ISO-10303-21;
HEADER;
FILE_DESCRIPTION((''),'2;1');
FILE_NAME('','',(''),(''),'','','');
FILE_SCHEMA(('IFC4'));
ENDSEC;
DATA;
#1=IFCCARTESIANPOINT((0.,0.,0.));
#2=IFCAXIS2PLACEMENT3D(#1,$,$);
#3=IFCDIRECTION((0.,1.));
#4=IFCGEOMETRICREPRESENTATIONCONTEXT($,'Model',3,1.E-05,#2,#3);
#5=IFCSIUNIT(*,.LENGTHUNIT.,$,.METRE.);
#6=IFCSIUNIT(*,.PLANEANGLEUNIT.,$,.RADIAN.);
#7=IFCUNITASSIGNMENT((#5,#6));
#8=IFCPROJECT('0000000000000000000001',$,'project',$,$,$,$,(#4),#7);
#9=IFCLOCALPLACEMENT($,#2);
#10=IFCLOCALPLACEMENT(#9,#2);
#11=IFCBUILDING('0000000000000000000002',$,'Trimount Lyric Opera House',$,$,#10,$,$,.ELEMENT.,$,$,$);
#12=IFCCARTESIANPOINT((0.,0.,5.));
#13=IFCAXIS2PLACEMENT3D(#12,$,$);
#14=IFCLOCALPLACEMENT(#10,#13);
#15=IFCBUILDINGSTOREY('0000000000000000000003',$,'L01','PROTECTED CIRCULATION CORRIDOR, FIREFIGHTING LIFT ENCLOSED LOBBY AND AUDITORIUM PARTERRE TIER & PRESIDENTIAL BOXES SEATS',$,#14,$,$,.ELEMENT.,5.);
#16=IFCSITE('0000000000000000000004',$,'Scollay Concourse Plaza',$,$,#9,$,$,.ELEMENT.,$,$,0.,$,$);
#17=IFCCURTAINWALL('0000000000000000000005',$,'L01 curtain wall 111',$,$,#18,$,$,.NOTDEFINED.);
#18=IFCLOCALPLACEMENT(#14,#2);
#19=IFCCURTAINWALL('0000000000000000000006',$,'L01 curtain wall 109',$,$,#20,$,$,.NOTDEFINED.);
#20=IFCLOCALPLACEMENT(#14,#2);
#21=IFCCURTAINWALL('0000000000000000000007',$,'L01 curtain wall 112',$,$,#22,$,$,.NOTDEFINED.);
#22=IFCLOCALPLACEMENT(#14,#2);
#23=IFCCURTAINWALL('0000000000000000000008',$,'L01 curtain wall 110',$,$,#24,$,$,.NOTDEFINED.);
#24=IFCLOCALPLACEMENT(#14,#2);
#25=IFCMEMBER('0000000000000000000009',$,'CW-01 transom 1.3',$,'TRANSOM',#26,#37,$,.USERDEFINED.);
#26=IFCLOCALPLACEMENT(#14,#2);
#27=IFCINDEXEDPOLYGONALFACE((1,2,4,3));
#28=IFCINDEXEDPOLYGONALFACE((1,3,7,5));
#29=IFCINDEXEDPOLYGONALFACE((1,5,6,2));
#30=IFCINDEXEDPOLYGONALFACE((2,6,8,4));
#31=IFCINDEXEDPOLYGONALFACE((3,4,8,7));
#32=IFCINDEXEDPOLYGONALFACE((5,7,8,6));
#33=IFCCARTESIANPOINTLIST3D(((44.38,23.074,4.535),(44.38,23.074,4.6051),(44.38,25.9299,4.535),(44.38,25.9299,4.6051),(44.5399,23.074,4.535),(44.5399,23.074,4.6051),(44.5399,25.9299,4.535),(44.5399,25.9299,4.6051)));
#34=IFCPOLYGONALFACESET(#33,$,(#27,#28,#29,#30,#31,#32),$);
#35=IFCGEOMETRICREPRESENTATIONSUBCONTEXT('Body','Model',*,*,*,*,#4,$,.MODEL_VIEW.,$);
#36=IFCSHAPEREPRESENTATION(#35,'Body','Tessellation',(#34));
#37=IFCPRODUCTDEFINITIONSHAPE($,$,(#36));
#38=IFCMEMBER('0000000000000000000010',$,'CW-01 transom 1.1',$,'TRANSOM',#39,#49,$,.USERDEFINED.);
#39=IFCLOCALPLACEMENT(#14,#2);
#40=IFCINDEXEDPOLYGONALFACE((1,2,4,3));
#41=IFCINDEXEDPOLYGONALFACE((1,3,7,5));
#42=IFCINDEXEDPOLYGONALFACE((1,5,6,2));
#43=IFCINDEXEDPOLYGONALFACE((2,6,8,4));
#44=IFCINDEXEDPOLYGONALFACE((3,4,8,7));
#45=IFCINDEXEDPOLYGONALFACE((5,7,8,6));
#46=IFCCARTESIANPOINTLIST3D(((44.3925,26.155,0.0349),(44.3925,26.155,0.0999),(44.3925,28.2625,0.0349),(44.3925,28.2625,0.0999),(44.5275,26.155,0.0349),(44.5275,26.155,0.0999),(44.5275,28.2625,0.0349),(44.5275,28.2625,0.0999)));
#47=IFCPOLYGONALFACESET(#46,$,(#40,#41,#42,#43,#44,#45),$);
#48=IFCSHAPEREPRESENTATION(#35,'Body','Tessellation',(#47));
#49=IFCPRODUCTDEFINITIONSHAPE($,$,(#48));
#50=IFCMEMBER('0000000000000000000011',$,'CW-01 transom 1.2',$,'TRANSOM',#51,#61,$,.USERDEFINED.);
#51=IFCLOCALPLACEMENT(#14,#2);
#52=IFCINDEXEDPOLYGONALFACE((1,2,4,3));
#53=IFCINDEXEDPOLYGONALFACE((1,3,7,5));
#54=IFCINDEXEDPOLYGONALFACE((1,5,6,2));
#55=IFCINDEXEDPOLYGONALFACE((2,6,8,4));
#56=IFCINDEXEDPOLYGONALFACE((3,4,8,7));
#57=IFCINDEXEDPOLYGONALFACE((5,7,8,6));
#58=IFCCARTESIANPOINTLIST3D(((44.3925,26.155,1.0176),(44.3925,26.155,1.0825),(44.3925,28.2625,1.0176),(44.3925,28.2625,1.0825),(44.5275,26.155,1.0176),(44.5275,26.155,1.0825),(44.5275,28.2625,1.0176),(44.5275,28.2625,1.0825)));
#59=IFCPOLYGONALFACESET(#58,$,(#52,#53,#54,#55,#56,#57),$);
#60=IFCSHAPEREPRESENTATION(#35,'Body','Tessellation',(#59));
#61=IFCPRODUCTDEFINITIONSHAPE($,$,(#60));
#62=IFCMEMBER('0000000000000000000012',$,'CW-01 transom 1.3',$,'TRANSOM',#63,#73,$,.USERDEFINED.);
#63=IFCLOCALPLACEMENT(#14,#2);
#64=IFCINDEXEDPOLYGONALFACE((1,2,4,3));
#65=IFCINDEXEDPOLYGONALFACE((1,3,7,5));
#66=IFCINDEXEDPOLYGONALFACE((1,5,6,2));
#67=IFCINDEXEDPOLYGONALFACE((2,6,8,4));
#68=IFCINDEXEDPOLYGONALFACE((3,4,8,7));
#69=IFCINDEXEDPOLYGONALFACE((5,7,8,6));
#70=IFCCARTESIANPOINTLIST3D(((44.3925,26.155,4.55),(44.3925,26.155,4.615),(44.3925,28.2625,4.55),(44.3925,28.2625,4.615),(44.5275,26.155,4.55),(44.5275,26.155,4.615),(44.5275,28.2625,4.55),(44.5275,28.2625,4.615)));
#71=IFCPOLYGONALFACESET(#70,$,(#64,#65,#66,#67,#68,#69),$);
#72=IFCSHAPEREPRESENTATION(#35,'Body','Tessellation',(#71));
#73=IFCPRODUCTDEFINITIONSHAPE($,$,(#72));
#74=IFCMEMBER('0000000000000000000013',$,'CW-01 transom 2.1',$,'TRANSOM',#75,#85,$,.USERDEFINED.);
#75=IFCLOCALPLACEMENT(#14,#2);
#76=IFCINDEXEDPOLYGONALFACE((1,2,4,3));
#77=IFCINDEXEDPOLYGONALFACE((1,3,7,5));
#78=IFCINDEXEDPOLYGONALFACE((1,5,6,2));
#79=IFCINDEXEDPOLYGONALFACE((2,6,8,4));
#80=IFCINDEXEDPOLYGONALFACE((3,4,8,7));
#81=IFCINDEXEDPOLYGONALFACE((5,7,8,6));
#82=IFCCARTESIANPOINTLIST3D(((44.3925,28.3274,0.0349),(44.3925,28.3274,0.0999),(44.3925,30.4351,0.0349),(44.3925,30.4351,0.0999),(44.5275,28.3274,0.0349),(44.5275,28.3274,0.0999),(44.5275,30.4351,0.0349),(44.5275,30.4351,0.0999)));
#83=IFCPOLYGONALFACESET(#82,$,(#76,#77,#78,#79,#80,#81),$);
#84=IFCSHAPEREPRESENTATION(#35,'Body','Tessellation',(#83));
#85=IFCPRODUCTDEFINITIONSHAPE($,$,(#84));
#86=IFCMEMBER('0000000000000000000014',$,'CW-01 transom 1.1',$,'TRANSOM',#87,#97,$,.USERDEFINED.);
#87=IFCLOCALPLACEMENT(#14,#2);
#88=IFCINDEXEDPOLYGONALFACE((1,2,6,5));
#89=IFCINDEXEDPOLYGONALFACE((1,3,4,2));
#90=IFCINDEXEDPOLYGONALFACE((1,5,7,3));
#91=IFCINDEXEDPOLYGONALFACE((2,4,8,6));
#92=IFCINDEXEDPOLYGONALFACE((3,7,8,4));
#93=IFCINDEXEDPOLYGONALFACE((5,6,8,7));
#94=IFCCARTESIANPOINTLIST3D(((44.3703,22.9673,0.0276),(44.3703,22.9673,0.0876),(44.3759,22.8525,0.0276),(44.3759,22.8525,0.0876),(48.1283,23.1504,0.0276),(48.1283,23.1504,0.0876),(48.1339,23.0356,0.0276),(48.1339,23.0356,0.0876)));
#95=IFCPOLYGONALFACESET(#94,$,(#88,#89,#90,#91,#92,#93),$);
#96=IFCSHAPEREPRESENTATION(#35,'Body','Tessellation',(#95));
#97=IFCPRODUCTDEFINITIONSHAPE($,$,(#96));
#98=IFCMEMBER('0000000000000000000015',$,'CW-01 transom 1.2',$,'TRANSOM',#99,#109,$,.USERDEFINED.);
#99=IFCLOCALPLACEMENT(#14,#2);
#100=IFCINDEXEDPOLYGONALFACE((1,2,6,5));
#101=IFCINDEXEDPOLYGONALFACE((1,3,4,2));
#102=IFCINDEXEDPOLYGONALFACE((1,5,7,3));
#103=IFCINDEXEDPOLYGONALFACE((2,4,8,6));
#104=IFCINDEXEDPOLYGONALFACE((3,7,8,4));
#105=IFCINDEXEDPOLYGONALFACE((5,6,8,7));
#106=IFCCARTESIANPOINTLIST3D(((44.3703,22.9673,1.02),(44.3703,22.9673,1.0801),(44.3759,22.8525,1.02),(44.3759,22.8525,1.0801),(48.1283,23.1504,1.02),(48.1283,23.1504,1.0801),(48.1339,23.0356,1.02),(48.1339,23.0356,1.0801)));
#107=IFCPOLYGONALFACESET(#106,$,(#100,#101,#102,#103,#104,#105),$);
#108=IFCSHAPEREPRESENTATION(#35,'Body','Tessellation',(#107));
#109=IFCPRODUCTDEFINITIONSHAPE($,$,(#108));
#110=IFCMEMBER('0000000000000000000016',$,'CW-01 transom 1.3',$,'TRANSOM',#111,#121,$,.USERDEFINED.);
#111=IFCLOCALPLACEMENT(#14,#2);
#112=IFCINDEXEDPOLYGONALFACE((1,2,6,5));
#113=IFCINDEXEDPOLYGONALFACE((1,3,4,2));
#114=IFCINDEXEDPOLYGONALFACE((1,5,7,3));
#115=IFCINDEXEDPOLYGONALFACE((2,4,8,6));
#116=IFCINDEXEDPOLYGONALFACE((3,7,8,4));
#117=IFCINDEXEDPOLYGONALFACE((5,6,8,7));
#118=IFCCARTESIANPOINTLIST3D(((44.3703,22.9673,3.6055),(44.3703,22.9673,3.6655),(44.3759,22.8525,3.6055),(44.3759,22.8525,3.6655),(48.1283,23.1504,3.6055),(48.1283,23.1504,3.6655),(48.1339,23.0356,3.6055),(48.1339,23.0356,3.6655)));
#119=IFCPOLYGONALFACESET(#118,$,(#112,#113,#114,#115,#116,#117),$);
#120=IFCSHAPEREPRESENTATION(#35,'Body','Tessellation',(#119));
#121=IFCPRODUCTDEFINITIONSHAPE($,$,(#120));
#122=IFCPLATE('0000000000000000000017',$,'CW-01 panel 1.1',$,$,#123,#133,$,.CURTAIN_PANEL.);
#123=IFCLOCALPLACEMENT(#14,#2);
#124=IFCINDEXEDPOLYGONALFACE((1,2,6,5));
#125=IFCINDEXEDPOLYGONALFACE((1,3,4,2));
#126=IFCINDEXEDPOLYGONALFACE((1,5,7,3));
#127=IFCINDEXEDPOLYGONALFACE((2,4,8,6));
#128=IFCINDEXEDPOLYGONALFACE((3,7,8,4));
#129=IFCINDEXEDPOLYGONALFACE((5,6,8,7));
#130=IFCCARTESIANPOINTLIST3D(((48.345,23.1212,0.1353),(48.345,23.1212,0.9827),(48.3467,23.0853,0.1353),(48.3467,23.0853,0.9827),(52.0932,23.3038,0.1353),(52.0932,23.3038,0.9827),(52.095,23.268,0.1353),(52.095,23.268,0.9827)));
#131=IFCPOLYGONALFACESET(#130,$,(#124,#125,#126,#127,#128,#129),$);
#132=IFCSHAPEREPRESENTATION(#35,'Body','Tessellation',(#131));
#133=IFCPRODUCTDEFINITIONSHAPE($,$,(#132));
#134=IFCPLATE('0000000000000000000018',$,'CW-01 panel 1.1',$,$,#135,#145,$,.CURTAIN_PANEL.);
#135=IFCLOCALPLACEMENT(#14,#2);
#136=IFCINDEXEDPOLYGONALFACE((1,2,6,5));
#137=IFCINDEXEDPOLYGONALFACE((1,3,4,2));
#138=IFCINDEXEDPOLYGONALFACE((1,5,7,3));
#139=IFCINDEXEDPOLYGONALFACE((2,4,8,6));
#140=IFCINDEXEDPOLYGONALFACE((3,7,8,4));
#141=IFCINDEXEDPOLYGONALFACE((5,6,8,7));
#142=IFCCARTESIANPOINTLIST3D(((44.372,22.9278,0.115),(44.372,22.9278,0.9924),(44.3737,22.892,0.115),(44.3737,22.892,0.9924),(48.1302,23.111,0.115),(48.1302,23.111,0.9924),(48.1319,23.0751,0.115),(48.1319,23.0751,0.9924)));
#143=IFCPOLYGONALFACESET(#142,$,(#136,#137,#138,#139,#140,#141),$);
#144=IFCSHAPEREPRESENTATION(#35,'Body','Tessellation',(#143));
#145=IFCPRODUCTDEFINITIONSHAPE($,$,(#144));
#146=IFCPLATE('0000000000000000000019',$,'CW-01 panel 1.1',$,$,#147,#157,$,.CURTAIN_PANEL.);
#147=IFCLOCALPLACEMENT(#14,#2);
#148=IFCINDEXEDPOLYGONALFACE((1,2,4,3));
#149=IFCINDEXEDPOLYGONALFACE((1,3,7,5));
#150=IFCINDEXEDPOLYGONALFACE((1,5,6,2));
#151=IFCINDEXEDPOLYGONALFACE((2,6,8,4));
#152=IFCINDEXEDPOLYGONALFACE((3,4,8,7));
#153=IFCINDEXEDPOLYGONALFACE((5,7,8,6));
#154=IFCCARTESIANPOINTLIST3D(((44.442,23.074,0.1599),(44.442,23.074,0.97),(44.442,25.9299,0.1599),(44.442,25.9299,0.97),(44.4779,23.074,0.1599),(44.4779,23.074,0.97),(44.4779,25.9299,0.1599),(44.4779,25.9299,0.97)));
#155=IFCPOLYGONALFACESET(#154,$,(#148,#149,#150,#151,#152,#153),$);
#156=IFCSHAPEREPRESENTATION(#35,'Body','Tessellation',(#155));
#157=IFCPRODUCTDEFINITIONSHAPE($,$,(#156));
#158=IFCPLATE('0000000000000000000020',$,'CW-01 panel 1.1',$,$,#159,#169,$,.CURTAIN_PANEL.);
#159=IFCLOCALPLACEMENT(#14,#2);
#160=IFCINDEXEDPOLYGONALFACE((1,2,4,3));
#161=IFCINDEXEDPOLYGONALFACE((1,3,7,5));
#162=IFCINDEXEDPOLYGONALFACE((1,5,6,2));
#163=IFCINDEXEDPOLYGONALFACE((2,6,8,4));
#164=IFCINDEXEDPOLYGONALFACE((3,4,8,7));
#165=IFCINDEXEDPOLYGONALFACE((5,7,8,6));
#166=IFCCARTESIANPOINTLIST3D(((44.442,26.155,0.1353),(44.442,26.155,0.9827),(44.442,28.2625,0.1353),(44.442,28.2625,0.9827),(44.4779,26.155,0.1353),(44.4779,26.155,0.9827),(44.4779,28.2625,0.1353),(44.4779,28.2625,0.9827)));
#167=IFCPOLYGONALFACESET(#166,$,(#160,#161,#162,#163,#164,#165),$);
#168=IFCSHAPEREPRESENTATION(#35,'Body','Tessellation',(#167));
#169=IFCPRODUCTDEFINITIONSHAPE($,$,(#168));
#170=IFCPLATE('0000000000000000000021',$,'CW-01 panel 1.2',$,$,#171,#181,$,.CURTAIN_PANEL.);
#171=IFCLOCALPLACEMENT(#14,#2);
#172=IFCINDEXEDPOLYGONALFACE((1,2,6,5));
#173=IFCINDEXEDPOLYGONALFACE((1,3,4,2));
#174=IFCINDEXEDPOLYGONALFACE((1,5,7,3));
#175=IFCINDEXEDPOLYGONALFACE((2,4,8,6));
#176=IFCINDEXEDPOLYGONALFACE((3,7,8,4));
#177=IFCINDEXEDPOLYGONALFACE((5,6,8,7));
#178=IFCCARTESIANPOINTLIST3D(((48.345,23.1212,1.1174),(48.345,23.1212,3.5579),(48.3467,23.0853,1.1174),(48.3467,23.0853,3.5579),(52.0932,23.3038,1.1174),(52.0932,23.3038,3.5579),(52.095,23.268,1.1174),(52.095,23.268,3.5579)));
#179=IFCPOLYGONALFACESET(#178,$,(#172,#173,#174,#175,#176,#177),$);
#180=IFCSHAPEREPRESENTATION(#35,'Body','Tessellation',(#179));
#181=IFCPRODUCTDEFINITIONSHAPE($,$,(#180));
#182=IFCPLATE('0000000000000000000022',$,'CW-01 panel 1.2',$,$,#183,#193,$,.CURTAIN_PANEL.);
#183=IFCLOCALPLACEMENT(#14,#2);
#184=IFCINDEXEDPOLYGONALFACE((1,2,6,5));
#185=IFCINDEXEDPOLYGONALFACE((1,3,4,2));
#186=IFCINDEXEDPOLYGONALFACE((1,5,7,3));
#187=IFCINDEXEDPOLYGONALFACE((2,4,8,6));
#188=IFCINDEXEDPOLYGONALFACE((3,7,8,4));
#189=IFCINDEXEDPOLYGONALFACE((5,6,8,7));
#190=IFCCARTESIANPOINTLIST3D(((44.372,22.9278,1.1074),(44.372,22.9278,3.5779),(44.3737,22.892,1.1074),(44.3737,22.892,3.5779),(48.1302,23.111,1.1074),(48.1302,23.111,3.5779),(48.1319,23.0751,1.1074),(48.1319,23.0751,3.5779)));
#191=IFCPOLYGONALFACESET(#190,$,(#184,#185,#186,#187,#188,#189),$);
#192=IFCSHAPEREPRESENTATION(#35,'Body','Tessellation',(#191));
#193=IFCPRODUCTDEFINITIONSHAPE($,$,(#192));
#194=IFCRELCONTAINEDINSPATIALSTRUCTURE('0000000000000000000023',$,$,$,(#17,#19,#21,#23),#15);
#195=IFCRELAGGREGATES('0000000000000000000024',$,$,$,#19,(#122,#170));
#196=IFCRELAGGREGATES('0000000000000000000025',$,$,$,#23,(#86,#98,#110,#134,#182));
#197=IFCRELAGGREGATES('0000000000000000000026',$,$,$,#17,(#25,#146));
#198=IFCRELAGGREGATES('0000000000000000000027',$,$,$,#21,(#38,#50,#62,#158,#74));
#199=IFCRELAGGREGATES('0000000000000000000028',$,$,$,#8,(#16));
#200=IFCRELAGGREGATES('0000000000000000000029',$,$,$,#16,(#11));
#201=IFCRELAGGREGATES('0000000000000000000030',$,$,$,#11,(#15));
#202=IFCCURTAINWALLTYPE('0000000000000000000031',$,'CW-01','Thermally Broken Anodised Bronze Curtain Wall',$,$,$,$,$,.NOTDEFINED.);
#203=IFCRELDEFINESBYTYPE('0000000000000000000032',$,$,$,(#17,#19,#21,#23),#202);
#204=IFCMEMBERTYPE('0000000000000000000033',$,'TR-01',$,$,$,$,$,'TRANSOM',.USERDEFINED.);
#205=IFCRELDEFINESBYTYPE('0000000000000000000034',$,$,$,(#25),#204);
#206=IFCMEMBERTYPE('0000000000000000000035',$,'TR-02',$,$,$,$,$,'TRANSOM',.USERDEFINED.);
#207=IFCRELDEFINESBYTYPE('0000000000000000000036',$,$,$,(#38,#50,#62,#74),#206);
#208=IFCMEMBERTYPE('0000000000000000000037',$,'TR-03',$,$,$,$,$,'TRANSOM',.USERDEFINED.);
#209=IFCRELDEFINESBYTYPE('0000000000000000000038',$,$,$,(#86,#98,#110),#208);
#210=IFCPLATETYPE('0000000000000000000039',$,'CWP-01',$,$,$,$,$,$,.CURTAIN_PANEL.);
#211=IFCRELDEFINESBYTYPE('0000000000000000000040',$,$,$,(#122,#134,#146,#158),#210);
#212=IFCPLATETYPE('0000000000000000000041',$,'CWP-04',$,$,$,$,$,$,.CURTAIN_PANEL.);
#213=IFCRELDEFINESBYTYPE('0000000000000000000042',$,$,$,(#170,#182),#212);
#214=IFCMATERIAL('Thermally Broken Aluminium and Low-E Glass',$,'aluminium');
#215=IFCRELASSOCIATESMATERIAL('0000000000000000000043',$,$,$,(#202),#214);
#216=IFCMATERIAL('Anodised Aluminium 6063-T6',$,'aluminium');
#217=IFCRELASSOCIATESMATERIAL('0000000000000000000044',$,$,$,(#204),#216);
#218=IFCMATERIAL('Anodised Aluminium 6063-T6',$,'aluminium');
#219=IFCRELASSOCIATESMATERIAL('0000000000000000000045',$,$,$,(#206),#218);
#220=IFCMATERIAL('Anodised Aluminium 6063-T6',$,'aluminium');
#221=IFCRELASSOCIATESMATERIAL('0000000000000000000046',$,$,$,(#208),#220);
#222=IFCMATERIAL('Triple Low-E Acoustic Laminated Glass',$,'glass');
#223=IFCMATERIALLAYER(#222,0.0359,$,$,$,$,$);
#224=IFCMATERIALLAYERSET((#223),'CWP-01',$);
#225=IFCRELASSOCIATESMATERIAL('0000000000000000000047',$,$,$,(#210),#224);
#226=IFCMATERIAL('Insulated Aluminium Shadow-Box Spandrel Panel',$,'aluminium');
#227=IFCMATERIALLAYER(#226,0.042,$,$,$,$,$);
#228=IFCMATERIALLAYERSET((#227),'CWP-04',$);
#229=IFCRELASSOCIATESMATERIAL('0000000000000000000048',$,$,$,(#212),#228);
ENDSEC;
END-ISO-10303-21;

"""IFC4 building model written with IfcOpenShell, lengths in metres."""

from ifc_helpers import new_model, si_unit, direction, frame, origin, origin_2d, place, context, subcontext, project, spatial, rectangle, extrude, material, layer, layer_set, material_profile, profile_set, type_object, element, aggregate, save


model = new_model("IFC4")

# Units and contexts
model_context = context("Model", 3, precision=1e-05, world=origin(), true_north=direction((0.0, 1.0)))
body_context = subcontext(model_context, "Body", "Model", "MODEL_VIEW")
ifc_project = project(units=[si_unit("LENGTHUNIT", "METRE"), si_unit("PLANEANGLEUNIT", "RADIAN")], contexts=[model_context])

# Site, building, storey
site_placement = place(None, origin())
site = spatial("IfcSite", under=ifc_project, at=site_placement, Name="Scollay Concourse Plaza", CompositionType="ELEMENT", RefElevation=0.0)
building_placement = place(site_placement, origin())
building = spatial("IfcBuilding", under=site, at=building_placement, Name="Trimount Lyric Opera House", CompositionType="ELEMENT")
storey_placement = place(building_placement, frame((0.0, 0.0, 5.0)))
storey = spatial("IfcBuildingStorey", under=building, at=storey_placement, Name="L01", Description="PROTECTED CIRCULATION CORRIDOR, FIREFIGHTING LIFT ENCLOSED LOBBY AND AUDITORIUM PARTERRE TIER & PRESIDENTIAL BOXES SEATS", CompositionType="ELEMENT", Elevation=5.0)

# Curtain wall
ifc_material_1 = material(Name="Thermally Broken Aluminium and Low-E Glass", Category="aluminium")
curtain_wall_type = type_object("IfcCurtainWallType", Name="CW-01", Description="Thermally Broken Anodised Bronze Curtain Wall", PredefinedType="NOTDEFINED", material=ifc_material_1)
curtain_wall_1_placement = place(storey_placement, origin())
curtain_wall_1 = element("IfcCurtainWall", 1, at=curtain_wall_1_placement, inside=storey, type_object=curtain_wall_type, Name="L01 curtain wall 111", PredefinedType="NOTDEFINED")

# Curtain wall
curtain_wall_2_placement = place(storey_placement, origin())
curtain_wall_2 = element("IfcCurtainWall", 2, at=curtain_wall_2_placement, inside=storey, type_object=curtain_wall_type, Name="L01 curtain wall 109", PredefinedType="NOTDEFINED")

# Curtain walls
curtain_wall_3_placement = place(storey_placement, origin())
curtain_wall_3 = element("IfcCurtainWall", 3, at=curtain_wall_3_placement, inside=storey, type_object=curtain_wall_type, Name="L01 curtain wall 112", PredefinedType="NOTDEFINED")
curtain_wall_4_placement = place(storey_placement, origin())
curtain_wall_4 = element("IfcCurtainWall", 4, at=curtain_wall_4_placement, inside=storey, type_object=curtain_wall_type, Name="L01 curtain wall 110", PredefinedType="NOTDEFINED")

# Members
ifc_material_2 = material(Name="Anodised Aluminium 6063-T6", Category="aluminium")
ifc_material_profile_1 = material_profile(ifc_material_2, rectangle(XDim=0.1599, YDim=0.0701, at=origin_2d()), Name="ALU-TRAN-70X160")
ifc_profile_set_1 = profile_set([ifc_material_profile_1], Name="Anodised Aluminium 6063-T6")
member_type_1 = type_object("IfcMemberType", Name="TR-01", ElementType="TRANSOM", PredefinedType="USERDEFINED", material=ifc_profile_set_1)
member_1_placement = place(storey_placement, frame((44.46, 23.074, 4.5701), z_axis=(0.0, 1.0, 0.0), x_axis=(-1.0, 0.0, 0.0)))
member_1 = element("IfcMember", 5, at=member_1_placement, type_object=member_type_1, Name="CW-01 transom 1.3", ObjectType="TRANSOM", PredefinedType="USERDEFINED", context=body_context, shape_type="SweptSolid", body=[
    extrude(rectangle(XDim=0.1599, YDim=0.0701, at=origin_2d()), origin(), (0.0, 0.0, 1.0), 2.856),
])
ifc_material_3 = material(Name="Anodised Aluminium 6063-T6", Category="aluminium")
ifc_material_profile_2 = material_profile(ifc_material_3, rectangle(XDim=0.135, YDim=0.0649, at=origin_2d()), Name="ALU-TRAN-65X135")
ifc_profile_set_2 = profile_set([ifc_material_profile_2], Name="Anodised Aluminium 6063-T6")
member_type_2 = type_object("IfcMemberType", Name="TR-02", ElementType="TRANSOM", PredefinedType="USERDEFINED", material=ifc_profile_set_2)
member_2_placement = place(storey_placement, frame((44.46, 26.155, 0.0674), z_axis=(0.0, 1.0, 0.0), x_axis=(-1.0, 0.0, 0.0)))
member_2 = element("IfcMember", 6, at=member_2_placement, type_object=member_type_2, Name="CW-01 transom 1.1", ObjectType="TRANSOM", PredefinedType="USERDEFINED", context=body_context, shape_type="SweptSolid", body=[
    extrude(rectangle(XDim=0.135, YDim=0.0649, at=origin_2d()), origin(), (0.0, 0.0, 1.0), 2.1074),
])
member_3_placement = place(storey_placement, frame((44.46, 26.155, 1.05), z_axis=(0.0, 1.0, 0.0), x_axis=(-1.0, 0.0, 0.0)))
member_3 = element("IfcMember", 7, at=member_3_placement, type_object=member_type_2, Name="CW-01 transom 1.2", ObjectType="TRANSOM", PredefinedType="USERDEFINED", context=body_context, shape_type="SweptSolid", body=[
    extrude(rectangle(XDim=0.135, YDim=0.0649, at=origin_2d()), origin(), (0.0, 0.0, 1.0), 2.1074),
])
member_4_placement = place(storey_placement, frame((44.46, 26.155, 4.5825), z_axis=(0.0, 1.0, 0.0), x_axis=(-1.0, 0.0, 0.0)))
member_4 = element("IfcMember", 8, at=member_4_placement, type_object=member_type_2, Name="CW-01 transom 1.3", ObjectType="TRANSOM", PredefinedType="USERDEFINED", context=body_context, shape_type="SweptSolid", body=[
    extrude(rectangle(XDim=0.135, YDim=0.0649, at=origin_2d()), origin(), (0.0, 0.0, 1.0), 2.1074),
])
member_5_placement = place(storey_placement, frame((44.46, 28.3274, 0.0674), z_axis=(0.0, 1.0, 0.0), x_axis=(-1.0, 0.0, 0.0)))
member_5 = element("IfcMember", 9, at=member_5_placement, type_object=member_type_2, Name="CW-01 transom 2.1", ObjectType="TRANSOM", PredefinedType="USERDEFINED", context=body_context, shape_type="SweptSolid", body=[
    extrude(rectangle(XDim=0.135, YDim=0.0649, at=origin_2d()), origin(), (0.0, 0.0, 1.0), 2.1077),
])
ifc_material_4 = material(Name="Anodised Aluminium 6063-T6", Category="aluminium")
ifc_material_profile_3 = material_profile(ifc_material_4, rectangle(XDim=0.115, YDim=0.0601, at=origin_2d()), Name="ALU-TRAN-60X115")
ifc_profile_set_3 = profile_set([ifc_material_profile_3], Name="Anodised Aluminium 6063-T6")
member_type_3 = type_object("IfcMemberType", Name="TR-03", ElementType="TRANSOM", PredefinedType="USERDEFINED", material=ifc_profile_set_3)
member_6_placement = place(storey_placement, frame((48.1311, 23.093, 0.0576), z_axis=(-0.998815, -0.048666, 0.0), x_axis=(0.048666, -0.998815, 0.0)))
member_6 = element("IfcMember", 10, at=member_6_placement, type_object=member_type_3, Name="CW-01 transom 1.1", ObjectType="TRANSOM", PredefinedType="USERDEFINED", context=body_context, shape_type="SweptSolid", body=[
    extrude(rectangle(XDim=0.115, YDim=0.0601, at=origin_2d()), origin(), (0.0, 0.0, 1.0), 3.7625),
])
member_7_placement = place(storey_placement, frame((48.1311, 23.093, 1.05), z_axis=(-0.998815, -0.048666, 0.0), x_axis=(0.048666, -0.998815, 0.0)))
member_7 = element("IfcMember", 11, at=member_7_placement, type_object=member_type_3, Name="CW-01 transom 1.2", ObjectType="TRANSOM", PredefinedType="USERDEFINED", context=body_context, shape_type="SweptSolid", body=[
    extrude(rectangle(XDim=0.115, YDim=0.0601, at=origin_2d()), origin(), (0.0, 0.0, 1.0), 3.7625),
])
member_8_placement = place(storey_placement, frame((48.1311, 23.093, 3.6355), z_axis=(-0.998815, -0.048666, 0.0), x_axis=(0.048666, -0.998815, 0.0)))
member_8 = element("IfcMember", 12, at=member_8_placement, type_object=member_type_3, Name="CW-01 transom 1.3", ObjectType="TRANSOM", PredefinedType="USERDEFINED", context=body_context, shape_type="SweptSolid", body=[
    extrude(rectangle(XDim=0.115, YDim=0.0601, at=origin_2d()), origin(), (0.0, 0.0, 1.0), 3.7625),
])

# Plates
ifc_material_5 = material(Name="Triple Low-E Acoustic Laminated Glass", Category="glass")
ifc_layer_1 = layer(ifc_material_5, 0.0359)
ifc_layer_set_1 = layer_set([ifc_layer_1], Name="CWP-01")
plate_type_1 = type_object("IfcPlateType", Name="CWP-01", PredefinedType="CURTAIN_PANEL", material=ifc_layer_set_1)
plate_1_placement = place(storey_placement, frame((50.22, 23.1946, 0.1353), z_axis=(0.0, 0.0, 1.0), x_axis=(-0.998814, -0.048679, 0.0)))
plate_1 = element("IfcPlate", 13, at=plate_1_placement, type_object=plate_type_1, Name="CW-01 panel 1.1", PredefinedType="CURTAIN_PANEL", context=body_context, shape_type="SweptSolid", body=[
    extrude(rectangle(XDim=3.7527, YDim=0.0359, at=origin_2d()), origin(), (0.0, 0.0, 1.0), 0.8474),
])
plate_2_placement = place(storey_placement, frame((46.252, 23.0015, 0.115), z_axis=(0.0, 0.0, 1.0), x_axis=(-0.998814, -0.048679, 0.0)))
plate_2 = element("IfcPlate", 14, at=plate_2_placement, type_object=plate_type_1, Name="CW-01 panel 1.1", PredefinedType="CURTAIN_PANEL", context=body_context, shape_type="SweptSolid", body=[
    extrude(rectangle(XDim=3.7627, YDim=0.0359, at=origin_2d()), origin(), (0.0, 0.0, 1.0), 0.8774),
])
plate_3_placement = place(storey_placement, frame((44.46, 24.502, 0.1599), z_axis=(0.0, 0.0, 1.0), x_axis=(0.0, 1.0, 0.0)))
plate_3 = element("IfcPlate", 15, at=plate_3_placement, type_object=plate_type_1, Name="CW-01 panel 1.1", PredefinedType="CURTAIN_PANEL", context=body_context, shape_type="SweptSolid", body=[
    extrude(rectangle(XDim=2.856, YDim=0.0359, at=origin_2d()), origin(), (0.0, 0.0, 1.0), 0.8101),
])
plate_4_placement = place(storey_placement, frame((44.46, 27.2087, 0.1353), z_axis=(0.0, 0.0, 1.0), x_axis=(0.0, 1.0, 0.0)))
plate_4 = element("IfcPlate", 16, at=plate_4_placement, type_object=plate_type_1, Name="CW-01 panel 1.1", PredefinedType="CURTAIN_PANEL", context=body_context, shape_type="SweptSolid", body=[
    extrude(rectangle(XDim=2.1074, YDim=0.0359, at=origin_2d()), origin(), (0.0, 0.0, 1.0), 0.8474),
])
ifc_material_6 = material(Name="Insulated Aluminium Shadow-Box Spandrel Panel", Category="aluminium")
ifc_layer_2 = layer(ifc_material_6, 0.042)
ifc_layer_set_2 = layer_set([ifc_layer_2], Name="CWP-04")
plate_type_2 = type_object("IfcPlateType", Name="CWP-04", PredefinedType="CURTAIN_PANEL", material=ifc_layer_set_2)
plate_5_placement = place(storey_placement, frame((50.22, 23.1946, 1.1174), z_axis=(0.0, 0.0, 1.0), x_axis=(-0.998814, -0.048679, 0.0)))
plate_5 = element("IfcPlate", 17, at=plate_5_placement, type_object=plate_type_2, Name="CW-01 panel 1.2", PredefinedType="CURTAIN_PANEL", context=body_context, shape_type="SweptSolid", body=[
    extrude(rectangle(XDim=3.7527, YDim=0.0359, at=origin_2d()), origin(), (0.0, 0.0, 1.0), 2.4404),
])
aggregate(curtain_wall_2, [plate_1, plate_5])
plate_6_placement = place(storey_placement, frame((46.252, 23.0015, 1.1074), z_axis=(0.0, 0.0, 1.0), x_axis=(-0.998814, -0.048679, 0.0)))
plate_6 = element("IfcPlate", 18, at=plate_6_placement, type_object=plate_type_2, Name="CW-01 panel 1.2", PredefinedType="CURTAIN_PANEL", context=body_context, shape_type="SweptSolid", body=[
    extrude(rectangle(XDim=3.7627, YDim=0.0359, at=origin_2d()), origin(), (0.0, 0.0, 1.0), 2.4705),
])
aggregate(curtain_wall_4, [member_6, member_7, member_8, plate_2, plate_6])
aggregate(curtain_wall_1, [member_1, plate_3])
aggregate(curtain_wall_3, [member_2, member_3, member_4, plate_4, member_5])

save(model, "model.ifc")
